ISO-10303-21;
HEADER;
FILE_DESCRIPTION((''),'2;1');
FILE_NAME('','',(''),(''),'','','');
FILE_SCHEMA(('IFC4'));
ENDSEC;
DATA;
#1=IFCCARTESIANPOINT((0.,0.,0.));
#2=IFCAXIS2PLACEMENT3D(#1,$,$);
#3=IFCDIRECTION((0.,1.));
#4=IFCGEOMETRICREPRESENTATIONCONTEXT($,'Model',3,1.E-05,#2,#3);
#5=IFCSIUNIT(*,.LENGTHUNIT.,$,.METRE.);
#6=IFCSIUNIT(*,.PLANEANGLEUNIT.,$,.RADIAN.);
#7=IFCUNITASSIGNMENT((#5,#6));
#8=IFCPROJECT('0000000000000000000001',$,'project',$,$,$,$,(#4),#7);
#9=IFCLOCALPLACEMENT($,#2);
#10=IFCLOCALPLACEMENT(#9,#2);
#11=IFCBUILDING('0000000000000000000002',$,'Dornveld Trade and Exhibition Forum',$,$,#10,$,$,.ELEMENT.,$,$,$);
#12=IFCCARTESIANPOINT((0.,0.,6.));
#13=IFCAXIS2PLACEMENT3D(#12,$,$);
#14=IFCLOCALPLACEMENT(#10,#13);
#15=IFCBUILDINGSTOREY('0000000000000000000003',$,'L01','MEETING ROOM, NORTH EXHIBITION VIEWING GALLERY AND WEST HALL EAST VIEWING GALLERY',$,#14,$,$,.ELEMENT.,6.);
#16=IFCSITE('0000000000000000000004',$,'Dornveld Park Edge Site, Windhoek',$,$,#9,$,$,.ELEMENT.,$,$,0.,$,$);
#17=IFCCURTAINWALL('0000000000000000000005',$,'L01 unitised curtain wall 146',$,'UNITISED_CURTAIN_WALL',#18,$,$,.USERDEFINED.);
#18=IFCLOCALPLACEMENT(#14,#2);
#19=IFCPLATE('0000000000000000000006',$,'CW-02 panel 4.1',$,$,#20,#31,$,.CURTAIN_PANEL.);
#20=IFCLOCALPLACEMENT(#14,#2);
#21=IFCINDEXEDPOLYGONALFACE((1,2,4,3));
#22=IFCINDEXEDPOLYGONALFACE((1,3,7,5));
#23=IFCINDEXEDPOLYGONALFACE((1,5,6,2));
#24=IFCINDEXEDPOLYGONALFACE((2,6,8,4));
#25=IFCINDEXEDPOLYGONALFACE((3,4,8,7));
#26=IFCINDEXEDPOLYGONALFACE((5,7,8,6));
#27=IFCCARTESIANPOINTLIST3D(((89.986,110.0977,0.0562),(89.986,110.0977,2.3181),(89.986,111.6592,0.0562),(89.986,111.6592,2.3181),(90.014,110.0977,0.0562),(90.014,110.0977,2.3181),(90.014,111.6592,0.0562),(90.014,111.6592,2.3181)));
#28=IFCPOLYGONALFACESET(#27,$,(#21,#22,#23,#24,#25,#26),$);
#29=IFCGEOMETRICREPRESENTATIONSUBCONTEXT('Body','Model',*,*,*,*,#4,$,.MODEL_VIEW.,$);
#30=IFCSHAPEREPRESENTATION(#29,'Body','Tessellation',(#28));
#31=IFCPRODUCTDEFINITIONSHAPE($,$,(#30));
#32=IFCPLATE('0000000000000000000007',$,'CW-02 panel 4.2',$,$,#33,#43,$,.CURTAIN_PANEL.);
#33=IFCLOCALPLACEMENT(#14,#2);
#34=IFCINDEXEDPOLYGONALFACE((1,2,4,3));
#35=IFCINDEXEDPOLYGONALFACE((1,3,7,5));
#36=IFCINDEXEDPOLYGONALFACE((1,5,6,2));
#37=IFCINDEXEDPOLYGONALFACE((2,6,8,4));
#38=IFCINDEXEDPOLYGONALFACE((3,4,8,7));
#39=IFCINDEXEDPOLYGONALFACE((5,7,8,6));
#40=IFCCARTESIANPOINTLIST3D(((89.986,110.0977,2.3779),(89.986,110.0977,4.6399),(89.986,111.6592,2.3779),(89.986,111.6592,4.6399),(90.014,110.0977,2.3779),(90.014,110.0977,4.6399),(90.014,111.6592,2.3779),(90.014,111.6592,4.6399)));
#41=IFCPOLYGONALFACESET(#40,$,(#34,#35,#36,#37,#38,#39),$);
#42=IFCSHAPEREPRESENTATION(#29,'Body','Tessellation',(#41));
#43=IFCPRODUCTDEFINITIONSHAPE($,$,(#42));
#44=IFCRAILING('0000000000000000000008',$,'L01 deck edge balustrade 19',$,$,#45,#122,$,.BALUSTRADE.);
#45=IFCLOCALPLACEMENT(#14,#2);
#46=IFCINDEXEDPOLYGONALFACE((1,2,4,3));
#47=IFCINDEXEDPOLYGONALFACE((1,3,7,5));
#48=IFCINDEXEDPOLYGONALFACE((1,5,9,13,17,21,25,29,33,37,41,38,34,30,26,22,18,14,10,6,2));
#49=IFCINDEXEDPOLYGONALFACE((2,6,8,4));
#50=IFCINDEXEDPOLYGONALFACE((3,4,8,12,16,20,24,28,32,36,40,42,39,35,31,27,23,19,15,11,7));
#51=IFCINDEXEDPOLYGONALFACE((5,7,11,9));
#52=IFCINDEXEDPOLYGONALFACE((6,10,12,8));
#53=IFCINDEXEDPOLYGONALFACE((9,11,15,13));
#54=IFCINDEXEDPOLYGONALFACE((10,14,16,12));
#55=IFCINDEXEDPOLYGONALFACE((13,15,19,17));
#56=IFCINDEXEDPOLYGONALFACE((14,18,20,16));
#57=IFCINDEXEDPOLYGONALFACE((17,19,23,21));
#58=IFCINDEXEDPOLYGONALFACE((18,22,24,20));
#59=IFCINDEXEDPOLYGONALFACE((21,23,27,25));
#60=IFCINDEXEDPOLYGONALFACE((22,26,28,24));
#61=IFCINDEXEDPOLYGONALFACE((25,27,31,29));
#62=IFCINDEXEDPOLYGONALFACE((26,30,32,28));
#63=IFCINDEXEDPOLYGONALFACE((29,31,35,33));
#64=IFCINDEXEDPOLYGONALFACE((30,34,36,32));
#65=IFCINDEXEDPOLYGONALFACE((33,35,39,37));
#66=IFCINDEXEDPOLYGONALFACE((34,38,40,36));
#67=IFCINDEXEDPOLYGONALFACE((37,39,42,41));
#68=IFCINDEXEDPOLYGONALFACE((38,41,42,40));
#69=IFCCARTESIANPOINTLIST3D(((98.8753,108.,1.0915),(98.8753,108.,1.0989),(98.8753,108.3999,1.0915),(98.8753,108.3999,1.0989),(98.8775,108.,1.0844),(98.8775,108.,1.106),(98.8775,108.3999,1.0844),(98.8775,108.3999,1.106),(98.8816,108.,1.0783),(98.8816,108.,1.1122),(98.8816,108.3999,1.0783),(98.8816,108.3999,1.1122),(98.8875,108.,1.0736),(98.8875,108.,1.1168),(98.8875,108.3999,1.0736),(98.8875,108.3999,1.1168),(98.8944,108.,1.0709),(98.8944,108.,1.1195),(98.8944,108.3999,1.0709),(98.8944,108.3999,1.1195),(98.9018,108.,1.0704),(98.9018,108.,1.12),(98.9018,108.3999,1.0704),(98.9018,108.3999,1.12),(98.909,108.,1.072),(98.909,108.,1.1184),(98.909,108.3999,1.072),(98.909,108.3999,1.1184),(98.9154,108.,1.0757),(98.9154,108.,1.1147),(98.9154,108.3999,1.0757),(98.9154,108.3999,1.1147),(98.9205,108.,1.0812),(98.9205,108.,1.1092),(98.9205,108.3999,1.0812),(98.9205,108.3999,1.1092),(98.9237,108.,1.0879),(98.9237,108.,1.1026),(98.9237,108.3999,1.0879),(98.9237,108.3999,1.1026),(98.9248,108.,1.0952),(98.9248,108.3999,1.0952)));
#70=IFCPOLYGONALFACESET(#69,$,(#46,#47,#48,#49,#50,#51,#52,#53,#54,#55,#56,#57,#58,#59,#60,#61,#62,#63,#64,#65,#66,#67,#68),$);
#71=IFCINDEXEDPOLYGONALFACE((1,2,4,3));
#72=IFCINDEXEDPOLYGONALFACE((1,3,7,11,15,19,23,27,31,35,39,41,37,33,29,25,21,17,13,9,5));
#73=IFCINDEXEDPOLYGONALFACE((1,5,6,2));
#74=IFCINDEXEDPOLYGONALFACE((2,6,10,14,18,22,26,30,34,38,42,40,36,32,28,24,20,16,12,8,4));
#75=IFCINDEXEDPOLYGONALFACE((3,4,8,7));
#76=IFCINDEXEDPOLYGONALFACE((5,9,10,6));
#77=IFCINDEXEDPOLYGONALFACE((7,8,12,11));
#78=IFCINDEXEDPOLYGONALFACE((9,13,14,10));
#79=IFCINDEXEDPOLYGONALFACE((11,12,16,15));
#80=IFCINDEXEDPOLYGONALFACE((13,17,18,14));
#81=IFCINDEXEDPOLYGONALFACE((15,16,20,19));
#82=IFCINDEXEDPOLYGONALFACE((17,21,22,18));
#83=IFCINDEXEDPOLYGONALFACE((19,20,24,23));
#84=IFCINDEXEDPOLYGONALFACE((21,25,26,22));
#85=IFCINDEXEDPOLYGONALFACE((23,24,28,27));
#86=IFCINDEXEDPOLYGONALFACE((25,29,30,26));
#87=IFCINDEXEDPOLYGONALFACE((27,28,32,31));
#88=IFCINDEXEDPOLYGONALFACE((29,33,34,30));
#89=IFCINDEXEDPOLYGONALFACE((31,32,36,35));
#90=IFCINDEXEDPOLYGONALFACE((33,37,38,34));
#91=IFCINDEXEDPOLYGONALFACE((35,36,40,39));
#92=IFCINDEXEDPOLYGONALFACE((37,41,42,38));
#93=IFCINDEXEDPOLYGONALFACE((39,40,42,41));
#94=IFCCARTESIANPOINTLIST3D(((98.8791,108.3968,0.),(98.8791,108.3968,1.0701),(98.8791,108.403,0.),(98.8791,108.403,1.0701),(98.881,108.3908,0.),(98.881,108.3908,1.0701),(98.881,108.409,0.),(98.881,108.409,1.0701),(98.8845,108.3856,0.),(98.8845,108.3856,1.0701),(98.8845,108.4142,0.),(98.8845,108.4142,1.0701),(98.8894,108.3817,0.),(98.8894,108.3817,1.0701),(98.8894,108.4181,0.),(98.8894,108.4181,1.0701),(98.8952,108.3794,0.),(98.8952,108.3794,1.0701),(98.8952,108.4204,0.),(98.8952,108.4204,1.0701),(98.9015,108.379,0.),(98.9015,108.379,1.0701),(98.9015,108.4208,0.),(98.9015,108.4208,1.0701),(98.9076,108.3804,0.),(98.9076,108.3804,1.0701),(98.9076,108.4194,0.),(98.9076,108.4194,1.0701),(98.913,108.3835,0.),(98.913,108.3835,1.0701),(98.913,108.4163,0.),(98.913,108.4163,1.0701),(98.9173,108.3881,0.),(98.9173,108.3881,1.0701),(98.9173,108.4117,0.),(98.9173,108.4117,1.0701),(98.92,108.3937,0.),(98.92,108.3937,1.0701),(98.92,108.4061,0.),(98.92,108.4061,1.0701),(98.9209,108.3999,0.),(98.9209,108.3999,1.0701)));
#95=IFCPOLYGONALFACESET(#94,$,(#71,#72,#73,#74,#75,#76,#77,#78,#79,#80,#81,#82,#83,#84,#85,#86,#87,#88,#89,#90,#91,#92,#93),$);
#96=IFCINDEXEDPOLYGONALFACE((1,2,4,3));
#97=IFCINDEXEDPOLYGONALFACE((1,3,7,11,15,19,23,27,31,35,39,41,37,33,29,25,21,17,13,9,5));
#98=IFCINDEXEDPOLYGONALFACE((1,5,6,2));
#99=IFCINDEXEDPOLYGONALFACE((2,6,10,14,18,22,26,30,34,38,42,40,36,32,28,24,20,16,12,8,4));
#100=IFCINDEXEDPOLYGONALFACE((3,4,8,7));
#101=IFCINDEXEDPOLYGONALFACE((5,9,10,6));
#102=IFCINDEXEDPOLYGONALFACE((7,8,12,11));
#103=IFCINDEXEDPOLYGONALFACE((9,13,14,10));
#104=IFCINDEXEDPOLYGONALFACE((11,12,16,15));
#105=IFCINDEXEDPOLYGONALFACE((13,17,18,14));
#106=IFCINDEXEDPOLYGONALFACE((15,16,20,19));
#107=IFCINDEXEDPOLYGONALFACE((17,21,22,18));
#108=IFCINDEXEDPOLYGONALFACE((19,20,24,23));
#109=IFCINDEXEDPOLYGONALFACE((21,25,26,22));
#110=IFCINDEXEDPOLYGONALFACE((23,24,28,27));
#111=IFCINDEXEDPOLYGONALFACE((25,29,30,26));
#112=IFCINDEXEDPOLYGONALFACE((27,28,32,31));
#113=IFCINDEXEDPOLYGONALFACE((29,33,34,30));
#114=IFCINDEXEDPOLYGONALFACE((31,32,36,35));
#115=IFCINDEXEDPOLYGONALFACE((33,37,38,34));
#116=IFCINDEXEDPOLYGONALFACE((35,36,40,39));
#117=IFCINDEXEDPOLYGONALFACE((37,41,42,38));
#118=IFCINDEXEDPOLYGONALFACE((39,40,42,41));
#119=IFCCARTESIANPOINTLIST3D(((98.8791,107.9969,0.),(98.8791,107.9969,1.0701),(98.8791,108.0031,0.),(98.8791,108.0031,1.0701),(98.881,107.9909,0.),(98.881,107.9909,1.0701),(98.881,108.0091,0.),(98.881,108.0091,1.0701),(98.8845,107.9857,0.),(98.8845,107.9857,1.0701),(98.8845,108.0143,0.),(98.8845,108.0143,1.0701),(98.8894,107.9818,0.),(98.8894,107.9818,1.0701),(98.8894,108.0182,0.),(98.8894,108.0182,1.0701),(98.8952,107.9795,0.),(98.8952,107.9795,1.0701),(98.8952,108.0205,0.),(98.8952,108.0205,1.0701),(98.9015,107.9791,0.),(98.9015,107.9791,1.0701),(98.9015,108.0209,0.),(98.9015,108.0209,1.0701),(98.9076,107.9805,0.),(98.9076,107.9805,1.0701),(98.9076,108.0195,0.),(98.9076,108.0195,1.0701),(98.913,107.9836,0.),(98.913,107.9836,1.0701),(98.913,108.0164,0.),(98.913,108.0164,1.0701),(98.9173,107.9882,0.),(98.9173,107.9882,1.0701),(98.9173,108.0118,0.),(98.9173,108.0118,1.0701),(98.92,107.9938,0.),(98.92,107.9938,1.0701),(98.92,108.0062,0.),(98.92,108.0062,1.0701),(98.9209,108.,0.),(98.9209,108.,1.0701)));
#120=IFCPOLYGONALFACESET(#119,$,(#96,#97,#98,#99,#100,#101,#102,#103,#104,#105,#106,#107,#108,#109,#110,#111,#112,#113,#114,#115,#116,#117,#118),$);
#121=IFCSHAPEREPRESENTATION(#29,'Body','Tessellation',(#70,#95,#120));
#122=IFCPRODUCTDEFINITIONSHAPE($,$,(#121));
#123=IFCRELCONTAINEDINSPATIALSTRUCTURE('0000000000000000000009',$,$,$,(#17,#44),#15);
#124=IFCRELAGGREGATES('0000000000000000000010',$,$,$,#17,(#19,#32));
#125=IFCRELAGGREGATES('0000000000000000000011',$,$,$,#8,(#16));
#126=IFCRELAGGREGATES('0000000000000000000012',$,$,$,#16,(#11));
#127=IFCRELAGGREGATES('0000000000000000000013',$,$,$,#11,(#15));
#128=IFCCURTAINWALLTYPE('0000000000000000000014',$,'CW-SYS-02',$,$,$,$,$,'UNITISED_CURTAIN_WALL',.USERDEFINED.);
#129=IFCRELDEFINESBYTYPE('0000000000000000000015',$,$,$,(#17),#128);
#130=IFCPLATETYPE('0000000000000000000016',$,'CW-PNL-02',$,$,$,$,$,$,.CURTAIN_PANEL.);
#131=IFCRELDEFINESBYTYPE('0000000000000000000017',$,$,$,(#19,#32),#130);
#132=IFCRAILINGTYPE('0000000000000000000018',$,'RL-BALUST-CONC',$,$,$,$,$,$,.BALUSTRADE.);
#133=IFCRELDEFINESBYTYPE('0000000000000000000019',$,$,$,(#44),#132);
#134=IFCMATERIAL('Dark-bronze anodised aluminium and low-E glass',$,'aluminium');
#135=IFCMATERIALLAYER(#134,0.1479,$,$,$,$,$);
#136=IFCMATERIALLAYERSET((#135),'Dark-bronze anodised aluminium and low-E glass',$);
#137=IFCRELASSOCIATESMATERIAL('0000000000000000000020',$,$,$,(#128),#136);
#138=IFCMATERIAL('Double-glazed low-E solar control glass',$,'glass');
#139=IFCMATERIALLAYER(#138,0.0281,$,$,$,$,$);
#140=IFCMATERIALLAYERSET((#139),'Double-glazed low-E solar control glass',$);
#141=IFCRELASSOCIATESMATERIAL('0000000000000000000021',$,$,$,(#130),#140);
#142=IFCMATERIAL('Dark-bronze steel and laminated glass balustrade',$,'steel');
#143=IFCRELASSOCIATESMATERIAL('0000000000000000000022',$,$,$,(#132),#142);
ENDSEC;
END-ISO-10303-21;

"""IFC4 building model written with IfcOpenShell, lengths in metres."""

from ifc_helpers import new_model, si_unit, direction, frame, origin, origin_2d, place, context, subcontext, project, spatial, rectangle, circle, extrude, material, layer, layer_set, type_object, element, aggregate, save


model = new_model("IFC4")

# Units and contexts
model_context = context("Model", 3, precision=1e-05, world=origin(), true_north=direction((0.0, 1.0)))
body_context = subcontext(model_context, "Body", "Model", "MODEL_VIEW")
ifc_project = project(units=[si_unit("LENGTHUNIT", "METRE"), si_unit("PLANEANGLEUNIT", "RADIAN")], contexts=[model_context])

# Site, building, storey
site_placement = place(None, origin())
site = spatial("IfcSite", under=ifc_project, at=site_placement, Name="Dornveld Park Edge Site, Windhoek", CompositionType="ELEMENT", RefElevation=0.0)
building_placement = place(site_placement, origin())
building = spatial("IfcBuilding", under=site, at=building_placement, Name="Dornveld Trade and Exhibition Forum", CompositionType="ELEMENT")
storey_placement = place(building_placement, frame((0.0, 0.0, 6.0)))
storey = spatial("IfcBuildingStorey", under=building, at=storey_placement, Name="L01", Description="MEETING ROOM, NORTH EXHIBITION VIEWING GALLERY AND WEST HALL EAST VIEWING GALLERY", CompositionType="ELEMENT", Elevation=6.0)

# Curtain wall
ifc_material_1 = material(Name="Dark-bronze anodised aluminium and low-E glass", Category="aluminium")
ifc_layer_1 = layer(ifc_material_1, 0.1479)
ifc_layer_set_1 = layer_set([ifc_layer_1], Name="Dark-bronze anodised aluminium and low-E glass")
curtain_wall_type = type_object("IfcCurtainWallType", Name="CW-SYS-02", ElementType="UNITISED_CURTAIN_WALL", PredefinedType="USERDEFINED", material=ifc_layer_set_1)
curtain_wall_placement = place(storey_placement, origin())
curtain_wall = element("IfcCurtainWall", 1, at=curtain_wall_placement, inside=storey, type_object=curtain_wall_type, Name="L01 unitised curtain wall 146", ObjectType="UNITISED_CURTAIN_WALL", PredefinedType="USERDEFINED")

# Plates
ifc_material_2 = material(Name="Double-glazed low-E solar control glass", Category="glass")
ifc_layer_2 = layer(ifc_material_2, 0.0281)
ifc_layer_set_2 = layer_set([ifc_layer_2], Name="Double-glazed low-E solar control glass")
plate_type = type_object("IfcPlateType", Name="CW-PNL-02", PredefinedType="CURTAIN_PANEL", material=ifc_layer_set_2)
plate_1_placement = place(storey_placement, frame((90.0, 110.8784, 0.0562), z_axis=(0.0, 0.0, 1.0), x_axis=(0.0, -1.0, 0.0)))
plate_1 = element("IfcPlate", 2, at=plate_1_placement, type_object=plate_type, Name="CW-02 panel 4.1", PredefinedType="CURTAIN_PANEL", context=body_context, shape_type="SweptSolid", body=[
    extrude(rectangle(XDim=1.5615, YDim=0.0281, at=origin_2d()), origin(), (0.0, 0.0, 1.0), 2.262),
])
plate_2_placement = place(storey_placement, frame((90.0, 110.8784, 2.3779), z_axis=(0.0, 0.0, 1.0), x_axis=(0.0, -1.0, 0.0)))
plate_2 = element("IfcPlate", 3, at=plate_2_placement, type_object=plate_type, Name="CW-02 panel 4.2", PredefinedType="CURTAIN_PANEL", context=body_context, shape_type="SweptSolid", body=[
    extrude(rectangle(XDim=1.5615, YDim=0.0281, at=origin_2d()), origin(), (0.0, 0.0, 1.0), 2.262),
])
aggregate(curtain_wall, [plate_1, plate_2])

# Railing
ifc_material_3 = material(Name="Dark-bronze steel and laminated glass balustrade", Category="steel")
railing_type = type_object("IfcRailingType", Name="RL-BALUST-CONC", PredefinedType="BALUSTRADE", material=ifc_material_3)
railing_1_placement = place(storey_placement, frame((98.8999, 108.3999, 0.0)))
element("IfcRailing", 4, at=railing_1_placement, inside=storey, type_object=railing_type, Name="L01 deck edge balustrade 19", PredefinedType="BALUSTRADE", context=body_context, shape_type="SweptSolid", body=[
    extrude(circle(Radius=0.0249, at=origin_2d()), frame((0.0, 0.0, 1.0952), z_axis=(0.0, -1.0, 0.0), x_axis=(1.0, 0.0, 0.0)), (0.0, 0.0, 1.0), 0.3999),
    extrude(circle(Radius=0.021, at=origin_2d()), origin(), (0.0, 0.0, 1.0), 1.0701),
    extrude(circle(Radius=0.021, at=origin_2d()), frame((0.0, -0.3999, 0.0)), (0.0, 0.0, 1.0), 1.0701),
])

save(model, "model.ifc")
